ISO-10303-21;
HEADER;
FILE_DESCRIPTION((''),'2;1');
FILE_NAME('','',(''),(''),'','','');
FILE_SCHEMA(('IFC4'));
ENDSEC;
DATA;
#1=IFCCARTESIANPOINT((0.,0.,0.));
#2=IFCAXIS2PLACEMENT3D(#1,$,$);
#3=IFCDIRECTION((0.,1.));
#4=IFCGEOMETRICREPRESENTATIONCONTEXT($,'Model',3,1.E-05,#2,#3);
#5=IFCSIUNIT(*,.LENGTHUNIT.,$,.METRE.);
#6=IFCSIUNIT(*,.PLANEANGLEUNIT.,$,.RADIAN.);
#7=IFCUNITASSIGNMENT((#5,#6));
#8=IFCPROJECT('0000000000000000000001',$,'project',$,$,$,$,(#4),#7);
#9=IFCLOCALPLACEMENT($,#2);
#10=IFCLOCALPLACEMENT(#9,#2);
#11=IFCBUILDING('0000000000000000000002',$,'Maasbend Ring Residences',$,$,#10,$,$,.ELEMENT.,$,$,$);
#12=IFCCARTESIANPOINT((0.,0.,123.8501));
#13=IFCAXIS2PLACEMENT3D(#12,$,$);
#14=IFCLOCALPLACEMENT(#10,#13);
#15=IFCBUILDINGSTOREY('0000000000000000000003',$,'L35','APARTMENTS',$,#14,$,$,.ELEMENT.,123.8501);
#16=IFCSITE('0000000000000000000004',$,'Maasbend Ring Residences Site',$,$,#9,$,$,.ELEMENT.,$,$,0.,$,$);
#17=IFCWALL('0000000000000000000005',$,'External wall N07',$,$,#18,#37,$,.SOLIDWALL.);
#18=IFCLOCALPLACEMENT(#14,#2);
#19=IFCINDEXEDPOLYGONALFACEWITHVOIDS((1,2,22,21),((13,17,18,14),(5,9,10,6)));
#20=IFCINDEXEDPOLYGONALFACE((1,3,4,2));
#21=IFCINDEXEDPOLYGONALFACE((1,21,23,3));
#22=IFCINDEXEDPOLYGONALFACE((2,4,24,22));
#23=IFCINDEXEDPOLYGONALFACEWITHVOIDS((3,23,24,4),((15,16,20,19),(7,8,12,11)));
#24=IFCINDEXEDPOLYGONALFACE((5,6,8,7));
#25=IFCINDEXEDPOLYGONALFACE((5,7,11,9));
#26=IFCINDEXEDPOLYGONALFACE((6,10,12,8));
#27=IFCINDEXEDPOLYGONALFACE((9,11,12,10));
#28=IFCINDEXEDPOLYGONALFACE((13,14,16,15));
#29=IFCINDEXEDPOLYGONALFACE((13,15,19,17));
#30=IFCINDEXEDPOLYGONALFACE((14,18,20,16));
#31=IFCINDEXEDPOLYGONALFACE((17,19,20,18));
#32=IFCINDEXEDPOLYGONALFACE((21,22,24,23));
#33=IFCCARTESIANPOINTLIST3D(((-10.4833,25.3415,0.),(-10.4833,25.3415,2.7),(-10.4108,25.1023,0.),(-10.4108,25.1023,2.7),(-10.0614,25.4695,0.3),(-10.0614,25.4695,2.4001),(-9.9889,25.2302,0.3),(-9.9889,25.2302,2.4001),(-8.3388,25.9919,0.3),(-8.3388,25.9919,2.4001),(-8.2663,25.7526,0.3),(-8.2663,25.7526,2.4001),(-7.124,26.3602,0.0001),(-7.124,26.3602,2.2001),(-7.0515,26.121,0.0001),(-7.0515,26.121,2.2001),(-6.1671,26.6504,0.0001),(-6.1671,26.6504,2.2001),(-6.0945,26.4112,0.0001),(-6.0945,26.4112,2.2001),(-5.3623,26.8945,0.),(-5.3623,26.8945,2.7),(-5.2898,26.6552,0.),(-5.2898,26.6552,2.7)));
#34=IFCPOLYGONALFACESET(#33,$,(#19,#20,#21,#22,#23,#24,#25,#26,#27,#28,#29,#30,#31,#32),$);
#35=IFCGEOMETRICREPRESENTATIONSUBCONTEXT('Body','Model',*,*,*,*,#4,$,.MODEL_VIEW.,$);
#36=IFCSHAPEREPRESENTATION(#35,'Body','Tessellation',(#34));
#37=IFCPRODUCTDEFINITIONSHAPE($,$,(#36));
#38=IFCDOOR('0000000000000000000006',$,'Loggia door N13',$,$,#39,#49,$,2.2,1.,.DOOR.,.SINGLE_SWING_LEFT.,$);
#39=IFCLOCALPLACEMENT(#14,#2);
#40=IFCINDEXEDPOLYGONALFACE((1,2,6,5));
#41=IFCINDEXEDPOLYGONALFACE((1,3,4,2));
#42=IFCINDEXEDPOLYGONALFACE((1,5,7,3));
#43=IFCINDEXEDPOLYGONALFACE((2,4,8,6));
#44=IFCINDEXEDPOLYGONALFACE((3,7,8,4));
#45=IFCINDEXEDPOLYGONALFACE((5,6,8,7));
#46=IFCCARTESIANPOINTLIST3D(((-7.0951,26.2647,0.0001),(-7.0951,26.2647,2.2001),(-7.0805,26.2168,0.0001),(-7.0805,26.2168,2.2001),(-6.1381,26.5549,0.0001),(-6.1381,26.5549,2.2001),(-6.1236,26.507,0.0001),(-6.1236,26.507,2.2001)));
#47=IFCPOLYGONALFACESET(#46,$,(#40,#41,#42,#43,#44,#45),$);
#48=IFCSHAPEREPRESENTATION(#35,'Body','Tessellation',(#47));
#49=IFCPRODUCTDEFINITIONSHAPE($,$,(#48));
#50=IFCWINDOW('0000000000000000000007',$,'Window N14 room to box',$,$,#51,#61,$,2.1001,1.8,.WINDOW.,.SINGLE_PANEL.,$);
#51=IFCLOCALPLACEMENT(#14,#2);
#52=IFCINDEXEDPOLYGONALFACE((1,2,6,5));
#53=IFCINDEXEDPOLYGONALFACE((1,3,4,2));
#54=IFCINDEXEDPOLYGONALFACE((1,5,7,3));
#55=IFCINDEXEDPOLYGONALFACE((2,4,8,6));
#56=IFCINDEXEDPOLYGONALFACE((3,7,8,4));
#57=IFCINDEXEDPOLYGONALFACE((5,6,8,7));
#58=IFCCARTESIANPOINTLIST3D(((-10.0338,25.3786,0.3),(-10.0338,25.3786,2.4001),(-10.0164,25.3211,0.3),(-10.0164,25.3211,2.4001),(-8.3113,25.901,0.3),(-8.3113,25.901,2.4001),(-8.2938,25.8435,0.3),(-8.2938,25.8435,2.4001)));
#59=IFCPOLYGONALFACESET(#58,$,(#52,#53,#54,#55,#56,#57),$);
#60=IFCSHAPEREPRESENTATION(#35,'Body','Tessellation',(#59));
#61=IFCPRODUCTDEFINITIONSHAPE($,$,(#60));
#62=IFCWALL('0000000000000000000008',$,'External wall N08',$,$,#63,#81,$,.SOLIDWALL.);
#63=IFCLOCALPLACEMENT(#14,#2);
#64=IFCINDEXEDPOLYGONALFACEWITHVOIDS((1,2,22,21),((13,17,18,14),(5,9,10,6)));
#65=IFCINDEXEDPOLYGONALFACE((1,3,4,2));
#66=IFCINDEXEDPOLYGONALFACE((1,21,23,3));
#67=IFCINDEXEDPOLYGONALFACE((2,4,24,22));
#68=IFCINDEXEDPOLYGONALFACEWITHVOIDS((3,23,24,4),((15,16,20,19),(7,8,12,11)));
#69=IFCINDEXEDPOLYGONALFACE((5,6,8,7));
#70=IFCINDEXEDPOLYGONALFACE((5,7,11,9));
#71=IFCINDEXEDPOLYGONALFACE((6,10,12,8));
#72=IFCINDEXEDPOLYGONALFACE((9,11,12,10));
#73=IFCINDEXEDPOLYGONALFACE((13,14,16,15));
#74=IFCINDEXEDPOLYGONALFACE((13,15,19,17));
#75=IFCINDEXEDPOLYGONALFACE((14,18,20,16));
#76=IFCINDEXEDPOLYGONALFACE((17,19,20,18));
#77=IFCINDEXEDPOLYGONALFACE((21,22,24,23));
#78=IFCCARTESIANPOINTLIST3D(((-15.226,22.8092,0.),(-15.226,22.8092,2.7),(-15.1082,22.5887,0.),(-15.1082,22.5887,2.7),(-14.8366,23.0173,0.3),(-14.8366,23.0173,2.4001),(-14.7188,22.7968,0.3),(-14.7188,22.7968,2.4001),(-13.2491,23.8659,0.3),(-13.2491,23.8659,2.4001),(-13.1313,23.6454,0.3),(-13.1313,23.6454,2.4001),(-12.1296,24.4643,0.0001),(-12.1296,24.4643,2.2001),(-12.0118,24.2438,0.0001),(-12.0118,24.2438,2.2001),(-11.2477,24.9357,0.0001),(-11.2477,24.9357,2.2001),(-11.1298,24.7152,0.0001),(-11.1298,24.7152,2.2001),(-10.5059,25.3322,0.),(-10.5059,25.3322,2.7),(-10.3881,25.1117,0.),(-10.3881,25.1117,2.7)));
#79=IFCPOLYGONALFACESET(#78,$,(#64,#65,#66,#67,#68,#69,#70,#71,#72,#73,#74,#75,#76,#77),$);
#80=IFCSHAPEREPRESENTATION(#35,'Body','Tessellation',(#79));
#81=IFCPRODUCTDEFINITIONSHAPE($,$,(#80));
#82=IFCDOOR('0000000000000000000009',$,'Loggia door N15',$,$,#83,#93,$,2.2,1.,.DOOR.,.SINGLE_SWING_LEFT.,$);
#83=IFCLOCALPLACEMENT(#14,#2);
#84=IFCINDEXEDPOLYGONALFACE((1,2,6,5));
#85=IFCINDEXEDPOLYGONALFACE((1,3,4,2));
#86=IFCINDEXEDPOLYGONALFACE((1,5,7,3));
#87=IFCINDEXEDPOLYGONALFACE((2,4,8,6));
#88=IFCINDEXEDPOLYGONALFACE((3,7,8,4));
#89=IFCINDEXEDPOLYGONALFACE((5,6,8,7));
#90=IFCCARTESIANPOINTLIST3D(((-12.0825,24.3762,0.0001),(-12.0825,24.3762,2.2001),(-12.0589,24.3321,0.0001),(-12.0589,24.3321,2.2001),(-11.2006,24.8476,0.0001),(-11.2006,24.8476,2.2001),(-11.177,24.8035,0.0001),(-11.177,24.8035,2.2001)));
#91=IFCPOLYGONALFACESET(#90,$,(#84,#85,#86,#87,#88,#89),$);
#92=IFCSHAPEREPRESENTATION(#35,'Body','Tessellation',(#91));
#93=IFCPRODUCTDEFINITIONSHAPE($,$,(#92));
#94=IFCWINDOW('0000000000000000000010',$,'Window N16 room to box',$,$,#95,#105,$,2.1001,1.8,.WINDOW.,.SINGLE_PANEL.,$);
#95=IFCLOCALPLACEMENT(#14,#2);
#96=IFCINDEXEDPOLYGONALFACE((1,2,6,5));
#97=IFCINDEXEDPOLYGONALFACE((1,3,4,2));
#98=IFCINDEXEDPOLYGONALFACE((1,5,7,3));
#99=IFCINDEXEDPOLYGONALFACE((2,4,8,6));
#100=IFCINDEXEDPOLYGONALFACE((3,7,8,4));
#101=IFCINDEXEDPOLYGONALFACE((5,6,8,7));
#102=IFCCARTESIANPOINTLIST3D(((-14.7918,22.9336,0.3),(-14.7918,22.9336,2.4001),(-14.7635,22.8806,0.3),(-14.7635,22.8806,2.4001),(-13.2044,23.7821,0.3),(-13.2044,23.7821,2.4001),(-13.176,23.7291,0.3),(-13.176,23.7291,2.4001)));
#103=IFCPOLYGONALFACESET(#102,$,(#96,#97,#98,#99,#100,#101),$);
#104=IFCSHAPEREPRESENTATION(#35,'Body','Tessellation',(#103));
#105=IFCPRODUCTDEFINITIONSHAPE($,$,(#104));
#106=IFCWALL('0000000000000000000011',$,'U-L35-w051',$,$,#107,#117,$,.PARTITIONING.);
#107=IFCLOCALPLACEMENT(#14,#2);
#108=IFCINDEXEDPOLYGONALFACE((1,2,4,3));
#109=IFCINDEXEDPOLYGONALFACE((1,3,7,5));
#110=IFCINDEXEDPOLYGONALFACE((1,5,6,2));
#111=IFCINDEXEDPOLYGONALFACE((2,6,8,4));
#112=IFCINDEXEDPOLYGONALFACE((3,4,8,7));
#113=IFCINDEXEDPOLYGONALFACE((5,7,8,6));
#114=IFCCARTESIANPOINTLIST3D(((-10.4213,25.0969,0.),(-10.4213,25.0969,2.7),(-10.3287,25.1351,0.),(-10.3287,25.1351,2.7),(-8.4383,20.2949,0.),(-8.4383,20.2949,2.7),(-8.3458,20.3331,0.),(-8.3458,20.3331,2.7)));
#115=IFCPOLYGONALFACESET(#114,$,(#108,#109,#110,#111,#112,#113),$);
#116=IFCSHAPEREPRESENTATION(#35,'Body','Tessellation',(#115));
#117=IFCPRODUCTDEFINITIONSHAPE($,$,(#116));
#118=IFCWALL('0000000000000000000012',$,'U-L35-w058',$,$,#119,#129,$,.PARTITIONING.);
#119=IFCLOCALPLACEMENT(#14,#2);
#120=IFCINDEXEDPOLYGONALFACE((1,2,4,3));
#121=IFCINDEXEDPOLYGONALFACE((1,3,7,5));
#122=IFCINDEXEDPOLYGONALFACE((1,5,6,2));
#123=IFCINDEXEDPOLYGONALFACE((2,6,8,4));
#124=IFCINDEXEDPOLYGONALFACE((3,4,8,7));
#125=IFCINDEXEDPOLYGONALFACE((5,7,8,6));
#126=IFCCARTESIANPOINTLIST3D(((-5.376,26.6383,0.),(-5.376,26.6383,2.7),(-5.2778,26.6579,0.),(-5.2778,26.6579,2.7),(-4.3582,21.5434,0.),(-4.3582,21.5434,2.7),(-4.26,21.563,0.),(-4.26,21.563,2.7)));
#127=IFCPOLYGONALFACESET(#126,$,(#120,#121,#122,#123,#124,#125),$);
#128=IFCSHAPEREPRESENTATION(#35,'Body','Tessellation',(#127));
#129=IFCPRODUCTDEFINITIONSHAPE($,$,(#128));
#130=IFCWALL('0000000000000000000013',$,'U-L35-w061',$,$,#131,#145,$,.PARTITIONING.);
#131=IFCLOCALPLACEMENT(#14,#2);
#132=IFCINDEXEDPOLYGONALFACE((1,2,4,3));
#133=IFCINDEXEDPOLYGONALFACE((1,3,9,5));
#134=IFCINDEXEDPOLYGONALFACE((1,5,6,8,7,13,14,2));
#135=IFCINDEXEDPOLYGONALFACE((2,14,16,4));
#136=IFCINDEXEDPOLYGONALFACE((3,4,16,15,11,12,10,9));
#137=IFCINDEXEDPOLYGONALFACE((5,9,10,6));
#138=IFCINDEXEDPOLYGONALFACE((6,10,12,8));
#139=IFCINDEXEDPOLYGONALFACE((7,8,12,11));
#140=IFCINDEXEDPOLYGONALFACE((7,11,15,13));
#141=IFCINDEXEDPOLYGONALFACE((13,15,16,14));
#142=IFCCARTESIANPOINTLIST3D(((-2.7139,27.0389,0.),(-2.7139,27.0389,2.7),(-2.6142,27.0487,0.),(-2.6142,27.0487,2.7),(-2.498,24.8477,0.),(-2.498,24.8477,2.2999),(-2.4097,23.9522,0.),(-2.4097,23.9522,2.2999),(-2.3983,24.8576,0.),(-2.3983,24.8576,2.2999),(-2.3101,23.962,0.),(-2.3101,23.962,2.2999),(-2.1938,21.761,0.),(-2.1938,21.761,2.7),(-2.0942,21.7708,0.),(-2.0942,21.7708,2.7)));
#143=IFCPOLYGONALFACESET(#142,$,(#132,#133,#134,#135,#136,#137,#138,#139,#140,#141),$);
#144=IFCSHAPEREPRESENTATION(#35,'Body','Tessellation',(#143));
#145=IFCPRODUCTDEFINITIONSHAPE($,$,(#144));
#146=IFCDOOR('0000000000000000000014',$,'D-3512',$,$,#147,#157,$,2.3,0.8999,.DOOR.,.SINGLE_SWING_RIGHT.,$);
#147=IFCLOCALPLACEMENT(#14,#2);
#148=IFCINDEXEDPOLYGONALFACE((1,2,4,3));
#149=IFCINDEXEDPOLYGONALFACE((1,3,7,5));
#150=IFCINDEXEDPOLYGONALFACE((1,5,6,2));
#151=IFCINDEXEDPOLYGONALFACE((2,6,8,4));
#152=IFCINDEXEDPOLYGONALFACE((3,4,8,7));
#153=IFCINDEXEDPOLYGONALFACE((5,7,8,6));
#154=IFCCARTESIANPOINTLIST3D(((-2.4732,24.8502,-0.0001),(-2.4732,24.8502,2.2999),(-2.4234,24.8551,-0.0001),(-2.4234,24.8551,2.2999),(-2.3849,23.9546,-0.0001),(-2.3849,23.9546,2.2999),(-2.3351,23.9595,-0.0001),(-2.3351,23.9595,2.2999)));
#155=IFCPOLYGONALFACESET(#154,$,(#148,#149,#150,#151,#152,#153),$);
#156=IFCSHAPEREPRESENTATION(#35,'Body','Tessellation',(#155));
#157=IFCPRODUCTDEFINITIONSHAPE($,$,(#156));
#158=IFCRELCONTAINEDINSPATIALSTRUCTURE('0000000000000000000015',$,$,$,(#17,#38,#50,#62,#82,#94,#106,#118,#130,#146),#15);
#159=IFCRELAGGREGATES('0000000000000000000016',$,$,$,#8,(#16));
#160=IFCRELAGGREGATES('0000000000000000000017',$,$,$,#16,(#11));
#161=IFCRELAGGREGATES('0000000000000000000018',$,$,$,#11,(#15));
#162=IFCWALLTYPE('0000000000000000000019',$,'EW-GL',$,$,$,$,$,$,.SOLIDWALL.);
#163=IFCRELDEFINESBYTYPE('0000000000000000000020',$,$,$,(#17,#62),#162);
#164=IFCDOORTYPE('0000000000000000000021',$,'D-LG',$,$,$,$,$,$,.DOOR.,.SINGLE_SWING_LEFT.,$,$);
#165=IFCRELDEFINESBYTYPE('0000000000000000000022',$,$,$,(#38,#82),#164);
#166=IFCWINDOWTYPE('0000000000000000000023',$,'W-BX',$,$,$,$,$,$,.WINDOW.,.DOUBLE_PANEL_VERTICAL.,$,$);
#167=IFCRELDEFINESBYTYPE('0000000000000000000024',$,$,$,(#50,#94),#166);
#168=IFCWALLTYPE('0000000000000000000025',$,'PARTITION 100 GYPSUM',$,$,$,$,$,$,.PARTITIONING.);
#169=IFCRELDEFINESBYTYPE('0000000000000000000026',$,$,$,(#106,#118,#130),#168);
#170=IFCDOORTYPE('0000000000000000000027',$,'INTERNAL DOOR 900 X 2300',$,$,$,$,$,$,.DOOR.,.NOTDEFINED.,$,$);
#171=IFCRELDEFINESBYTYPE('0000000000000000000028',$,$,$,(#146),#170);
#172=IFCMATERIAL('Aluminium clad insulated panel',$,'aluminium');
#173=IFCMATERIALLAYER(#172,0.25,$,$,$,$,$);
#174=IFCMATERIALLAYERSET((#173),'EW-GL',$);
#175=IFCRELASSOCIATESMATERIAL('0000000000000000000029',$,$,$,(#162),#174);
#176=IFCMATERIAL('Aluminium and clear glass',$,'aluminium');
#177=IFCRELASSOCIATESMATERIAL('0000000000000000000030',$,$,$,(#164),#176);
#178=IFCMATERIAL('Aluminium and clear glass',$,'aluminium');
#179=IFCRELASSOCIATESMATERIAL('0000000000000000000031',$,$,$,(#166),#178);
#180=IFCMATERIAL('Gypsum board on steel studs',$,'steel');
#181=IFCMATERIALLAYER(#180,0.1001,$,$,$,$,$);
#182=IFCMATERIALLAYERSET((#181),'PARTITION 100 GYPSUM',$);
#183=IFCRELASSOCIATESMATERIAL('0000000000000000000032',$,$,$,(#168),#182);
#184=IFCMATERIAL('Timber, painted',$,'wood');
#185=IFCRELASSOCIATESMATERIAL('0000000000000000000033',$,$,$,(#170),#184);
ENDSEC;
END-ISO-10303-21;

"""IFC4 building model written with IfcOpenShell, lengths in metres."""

from ifc_helpers import new_model, si_unit, direction, frame, frame_2d, origin, place, context, subcontext, project, spatial, rectangle, extrude, material, layer, layer_set, type_object, element, fill, save


model = new_model("IFC4")

# Units and contexts
model_context = context("Model", 3, precision=1e-05, world=origin(), true_north=direction((0.0, 1.0)))
body_context = subcontext(model_context, "Body", "Model", "MODEL_VIEW")
ifc_project = project(units=[si_unit("LENGTHUNIT", "METRE"), si_unit("PLANEANGLEUNIT", "RADIAN")], contexts=[model_context])

# Site, building, storey
site_placement = place(None, origin())
site = spatial("IfcSite", under=ifc_project, at=site_placement, Name="Maasbend Ring Residences Site", CompositionType="ELEMENT", RefElevation=0.0)
building_placement = place(site_placement, origin())
building = spatial("IfcBuilding", under=site, at=building_placement, Name="Maasbend Ring Residences", CompositionType="ELEMENT")
storey_placement = place(building_placement, frame((0.0, 0.0, 123.8501)))
storey = spatial("IfcBuildingStorey", under=building, at=storey_placement, Name="L35", Description="APARTMENTS", CompositionType="ELEMENT", Elevation=123.8501)

# Walls, openings, doors, windows
ifc_material_1 = material(Name="Aluminium clad insulated panel", Category="aluminium")
ifc_layer_1 = layer(ifc_material_1, 0.25)
ifc_layer_set_1 = layer_set([ifc_layer_1], Name="EW-GL")
wall_type_1 = type_object("IfcWallType", Name="EW-GL", PredefinedType="SOLIDWALL", material=ifc_layer_set_1)
wall_1_placement = place(storey_placement, frame((-5.3259, 26.7749, 0.0), z_axis=(0.0, 0.0, 1.0), x_axis=(-0.956966, -0.290201, 0.0)))
wall_1 = element("IfcWall", 1, at=wall_1_placement, inside=storey, type_object=wall_type_1, Name="External wall N07", PredefinedType="SOLIDWALL", context=body_context, shape_type="SweptSolid", body=[
    extrude(rectangle(XDim=5.3513, YDim=0.25, at=frame_2d((2.6758, 0.0))), origin(), (0.0, 0.0, 1.0), 2.7),
])
opening_1_placement = place(wall_1_placement, frame((0.8411, 0.0, 0.0)))
opening_1 = element("IfcOpeningElement", 2, at=opening_1_placement, cuts=wall_1, PredefinedType="OPENING", context=body_context, shape_type="SweptSolid", body=[
    extrude(rectangle(XDim=1.0, YDim=2.2, at=frame_2d((0.5, 1.1001))), frame((0.0, 0.135, 0.0), z_axis=(0.0, -1.0, 0.0), x_axis=(1.0, 0.0, 0.0)), (0.0, 0.0, 1.0), 0.27),
])
opening_2_placement = place(wall_1_placement, frame((3.1106, 0.0, 0.3)))
opening_2 = element("IfcOpeningElement", 3, at=opening_2_placement, cuts=wall_1, PredefinedType="OPENING", context=body_context, shape_type="SweptSolid", body=[
    extrude(rectangle(XDim=1.8, YDim=2.1001, at=frame_2d((0.8999, 1.05))), frame((0.0, 0.135, 0.0), z_axis=(0.0, -1.0, 0.0), x_axis=(1.0, 0.0, 0.0)), (0.0, 0.0, 1.0), 0.27),
])
ifc_material_2 = material(Name="Aluminium and clear glass", Category="aluminium")
door_type_1 = type_object("IfcDoorType", Name="D-LG", OperationType="SINGLE_SWING_LEFT", PredefinedType="DOOR", material=ifc_material_2)
door_1_placement = place(opening_1_placement, origin())
door_1 = element("IfcDoor", 4, at=door_1_placement, inside=storey, type_object=door_type_1, Name="Loggia door N13", OperationType="SINGLE_SWING_LEFT", OverallHeight=2.2, OverallWidth=1.0, PredefinedType="DOOR", context=body_context, shape_type="SweptSolid", body=[
    extrude(rectangle(XDim=1.0, YDim=2.2, at=frame_2d((0.5, 1.1001))), frame((0.0, 0.0249, 0.0), z_axis=(0.0, -1.0, 0.0), x_axis=(1.0, 0.0, 0.0)), (0.0, 0.0, 1.0), 0.05),
])
fill(opening_1, door_1)
ifc_material_3 = material(Name="Aluminium and clear glass", Category="aluminium")
window_type_1 = type_object("IfcWindowType", Name="W-BX", PartitioningType="DOUBLE_PANEL_VERTICAL", PredefinedType="WINDOW", material=ifc_material_3)
window_1_placement = place(opening_2_placement, origin())
window_1 = element("IfcWindow", 5, at=window_1_placement, inside=storey, type_object=window_type_1, Name="Window N14 room to box", OverallHeight=2.1001, OverallWidth=1.8, PartitioningType="SINGLE_PANEL", PredefinedType="WINDOW", context=body_context, shape_type="SweptSolid", body=[
    extrude(rectangle(XDim=1.8, YDim=2.1001, at=frame_2d((0.8999, 1.05))), frame((0.0, 0.03, 0.0), z_axis=(0.0, -1.0, 0.0), x_axis=(1.0, 0.0, 0.0)), (0.0, 0.0, 1.0), 0.0601),
])
fill(opening_2, window_1)
wall_2_placement = place(storey_placement, frame((-10.447, 25.2219, 0.0), z_axis=(0.0, 0.0, 1.0), x_axis=(-0.881916, -0.471407, 0.0)))
wall_2 = element("IfcWall", 6, at=wall_2_placement, inside=storey, type_object=wall_type_1, Name="External wall N08", PredefinedType="SOLIDWALL", context=body_context, shape_type="SweptSolid", body=[
    extrude(rectangle(XDim=5.3521, YDim=0.25, at=frame_2d((2.676, 0.0))), origin(), (0.0, 0.0, 1.0), 2.7),
])
opening_3_placement = place(wall_2_placement, frame((0.8411, 0.0, 0.0)))
opening_3 = element("IfcOpeningElement", 7, at=opening_3_placement, cuts=wall_2, PredefinedType="OPENING", context=body_context, shape_type="SweptSolid", body=[
    extrude(rectangle(XDim=1.0, YDim=2.2, at=frame_2d((0.5, 1.1001))), frame((0.0, 0.135, 0.0), z_axis=(0.0, -1.0, 0.0), x_axis=(1.0, 0.0, 0.0)), (0.0, 0.0, 1.0), 0.27),
])
opening_4_placement = place(wall_2_placement, frame((3.1106, 0.0, 0.3)))
opening_4 = element("IfcOpeningElement", 8, at=opening_4_placement, cuts=wall_2, PredefinedType="OPENING", context=body_context, shape_type="SweptSolid", body=[
    extrude(rectangle(XDim=1.8, YDim=2.1001, at=frame_2d((0.8999, 1.05))), frame((0.0, 0.135, 0.0), z_axis=(0.0, -1.0, 0.0), x_axis=(1.0, 0.0, 0.0)), (0.0, 0.0, 1.0), 0.27),
])
door_2_placement = place(opening_3_placement, origin())
door_2 = element("IfcDoor", 9, at=door_2_placement, inside=storey, type_object=door_type_1, Name="Loggia door N15", OperationType="SINGLE_SWING_LEFT", OverallHeight=2.2, OverallWidth=1.0, PredefinedType="DOOR", context=body_context, shape_type="SweptSolid", body=[
    extrude(rectangle(XDim=1.0, YDim=2.2, at=frame_2d((0.5, 1.1001))), frame((0.0, 0.0249, 0.0), z_axis=(0.0, -1.0, 0.0), x_axis=(1.0, 0.0, 0.0)), (0.0, 0.0, 1.0), 0.05),
])
fill(opening_3, door_2)
window_2_placement = place(opening_4_placement, origin())
window_2 = element("IfcWindow", 10, at=window_2_placement, inside=storey, type_object=window_type_1, Name="Window N16 room to box", OverallHeight=2.1001, OverallWidth=1.8, PartitioningType="SINGLE_PANEL", PredefinedType="WINDOW", context=body_context, shape_type="SweptSolid", body=[
    extrude(rectangle(XDim=1.8, YDim=2.1001, at=frame_2d((0.8999, 1.05))), frame((0.0, 0.03, 0.0), z_axis=(0.0, -1.0, 0.0), x_axis=(1.0, 0.0, 0.0)), (0.0, 0.0, 1.0), 0.0601),
])
fill(opening_4, window_2)

# Walls
ifc_material_4 = material(Name="Gypsum board on steel studs", Category="steel")
ifc_layer_2 = layer(ifc_material_4, 0.1001)
ifc_layer_set_2 = layer_set([ifc_layer_2], Name="PARTITION 100 GYPSUM")
wall_type_2 = type_object("IfcWallType", Name="PARTITION 100 GYPSUM", PredefinedType="PARTITIONING", material=ifc_layer_set_2)
wall_3_placement = place(storey_placement, frame((-10.375, 25.116, 0.0), z_axis=(0.0, 0.0, 1.0), x_axis=(0.381674, -0.924297, 0.0)))
element("IfcWall", 11, at=wall_3_placement, inside=storey, type_object=wall_type_2, Name="U-L35-w051", PredefinedType="PARTITIONING", context=body_context, shape_type="SweptSolid", body=[
    extrude(rectangle(XDim=5.1953, YDim=0.1001, at=frame_2d((2.5977, 0.0))), origin(), (0.0, 0.0, 1.0), 2.7),
])
wall_4_placement = place(storey_placement, frame((-5.3269, 26.6479, 0.0), z_axis=(0.0, 0.0, 1.0), x_axis=(0.195899, -0.980624, 0.0)))
element("IfcWall", 12, at=wall_4_placement, inside=storey, type_object=wall_type_2, Name="U-L35-w058", PredefinedType="PARTITIONING", context=body_context, shape_type="SweptSolid", body=[
    extrude(rectangle(XDim=5.1956, YDim=0.1001, at=frame_2d((2.5977, 0.0))), origin(), (0.0, 0.0, 1.0), 2.7),
])

# Wall, opening, door
wall_5_placement = place(storey_placement, frame((-2.6641, 27.0439, 0.0), z_axis=(0.0, 0.0, 1.0), x_axis=(0.098054, -0.995181, 0.0)))
wall_5 = element("IfcWall", 13, at=wall_5_placement, inside=storey, type_object=wall_type_2, Name="U-L35-w061", PredefinedType="PARTITIONING", context=body_context, shape_type="SweptSolid", body=[
    extrude(rectangle(XDim=5.3035, YDim=0.1001, at=frame_2d((2.6519, 0.0))), origin(), (0.0, 0.0, 1.0), 2.7),
])
opening_5_placement = place(wall_5_placement, frame((2.2019, 0.0, 0.0)))
opening_5 = element("IfcOpeningElement", 14, at=opening_5_placement, cuts=wall_5, PredefinedType="OPENING", context=body_context, shape_type="SweptSolid", body=[
    extrude(rectangle(XDim=0.8999, YDim=2.3, at=frame_2d((0.45, 1.1499))), frame((0.0, 0.0601, 0.0), z_axis=(0.0, -1.0, 0.0), x_axis=(1.0, 0.0, 0.0)), (0.0, 0.0, 1.0), 0.1201),
])
ifc_material_5 = material(Name="Timber, painted", Category="wood")
door_type_2 = type_object("IfcDoorType", Name="INTERNAL DOOR 900 X 2300", OperationType="NOTDEFINED", PredefinedType="DOOR", material=ifc_material_5)
door_3_placement = place(opening_5_placement, origin())
door_3 = element("IfcDoor", 15, at=door_3_placement, inside=storey, type_object=door_type_2, Name="D-3512", OperationType="SINGLE_SWING_RIGHT", OverallHeight=2.3, OverallWidth=0.8999, PredefinedType="DOOR", context=body_context, shape_type="SweptSolid", body=[
    extrude(rectangle(XDim=0.8999, YDim=2.3, at=frame_2d((0.45, 1.1499))), frame((0.0, 0.0249, 0.0), z_axis=(0.0, -1.0, 0.0), x_axis=(1.0, 0.0, 0.0)), (0.0, 0.0, 1.0), 0.05),
])
fill(opening_5, door_3)

save(model, "model.ifc")
